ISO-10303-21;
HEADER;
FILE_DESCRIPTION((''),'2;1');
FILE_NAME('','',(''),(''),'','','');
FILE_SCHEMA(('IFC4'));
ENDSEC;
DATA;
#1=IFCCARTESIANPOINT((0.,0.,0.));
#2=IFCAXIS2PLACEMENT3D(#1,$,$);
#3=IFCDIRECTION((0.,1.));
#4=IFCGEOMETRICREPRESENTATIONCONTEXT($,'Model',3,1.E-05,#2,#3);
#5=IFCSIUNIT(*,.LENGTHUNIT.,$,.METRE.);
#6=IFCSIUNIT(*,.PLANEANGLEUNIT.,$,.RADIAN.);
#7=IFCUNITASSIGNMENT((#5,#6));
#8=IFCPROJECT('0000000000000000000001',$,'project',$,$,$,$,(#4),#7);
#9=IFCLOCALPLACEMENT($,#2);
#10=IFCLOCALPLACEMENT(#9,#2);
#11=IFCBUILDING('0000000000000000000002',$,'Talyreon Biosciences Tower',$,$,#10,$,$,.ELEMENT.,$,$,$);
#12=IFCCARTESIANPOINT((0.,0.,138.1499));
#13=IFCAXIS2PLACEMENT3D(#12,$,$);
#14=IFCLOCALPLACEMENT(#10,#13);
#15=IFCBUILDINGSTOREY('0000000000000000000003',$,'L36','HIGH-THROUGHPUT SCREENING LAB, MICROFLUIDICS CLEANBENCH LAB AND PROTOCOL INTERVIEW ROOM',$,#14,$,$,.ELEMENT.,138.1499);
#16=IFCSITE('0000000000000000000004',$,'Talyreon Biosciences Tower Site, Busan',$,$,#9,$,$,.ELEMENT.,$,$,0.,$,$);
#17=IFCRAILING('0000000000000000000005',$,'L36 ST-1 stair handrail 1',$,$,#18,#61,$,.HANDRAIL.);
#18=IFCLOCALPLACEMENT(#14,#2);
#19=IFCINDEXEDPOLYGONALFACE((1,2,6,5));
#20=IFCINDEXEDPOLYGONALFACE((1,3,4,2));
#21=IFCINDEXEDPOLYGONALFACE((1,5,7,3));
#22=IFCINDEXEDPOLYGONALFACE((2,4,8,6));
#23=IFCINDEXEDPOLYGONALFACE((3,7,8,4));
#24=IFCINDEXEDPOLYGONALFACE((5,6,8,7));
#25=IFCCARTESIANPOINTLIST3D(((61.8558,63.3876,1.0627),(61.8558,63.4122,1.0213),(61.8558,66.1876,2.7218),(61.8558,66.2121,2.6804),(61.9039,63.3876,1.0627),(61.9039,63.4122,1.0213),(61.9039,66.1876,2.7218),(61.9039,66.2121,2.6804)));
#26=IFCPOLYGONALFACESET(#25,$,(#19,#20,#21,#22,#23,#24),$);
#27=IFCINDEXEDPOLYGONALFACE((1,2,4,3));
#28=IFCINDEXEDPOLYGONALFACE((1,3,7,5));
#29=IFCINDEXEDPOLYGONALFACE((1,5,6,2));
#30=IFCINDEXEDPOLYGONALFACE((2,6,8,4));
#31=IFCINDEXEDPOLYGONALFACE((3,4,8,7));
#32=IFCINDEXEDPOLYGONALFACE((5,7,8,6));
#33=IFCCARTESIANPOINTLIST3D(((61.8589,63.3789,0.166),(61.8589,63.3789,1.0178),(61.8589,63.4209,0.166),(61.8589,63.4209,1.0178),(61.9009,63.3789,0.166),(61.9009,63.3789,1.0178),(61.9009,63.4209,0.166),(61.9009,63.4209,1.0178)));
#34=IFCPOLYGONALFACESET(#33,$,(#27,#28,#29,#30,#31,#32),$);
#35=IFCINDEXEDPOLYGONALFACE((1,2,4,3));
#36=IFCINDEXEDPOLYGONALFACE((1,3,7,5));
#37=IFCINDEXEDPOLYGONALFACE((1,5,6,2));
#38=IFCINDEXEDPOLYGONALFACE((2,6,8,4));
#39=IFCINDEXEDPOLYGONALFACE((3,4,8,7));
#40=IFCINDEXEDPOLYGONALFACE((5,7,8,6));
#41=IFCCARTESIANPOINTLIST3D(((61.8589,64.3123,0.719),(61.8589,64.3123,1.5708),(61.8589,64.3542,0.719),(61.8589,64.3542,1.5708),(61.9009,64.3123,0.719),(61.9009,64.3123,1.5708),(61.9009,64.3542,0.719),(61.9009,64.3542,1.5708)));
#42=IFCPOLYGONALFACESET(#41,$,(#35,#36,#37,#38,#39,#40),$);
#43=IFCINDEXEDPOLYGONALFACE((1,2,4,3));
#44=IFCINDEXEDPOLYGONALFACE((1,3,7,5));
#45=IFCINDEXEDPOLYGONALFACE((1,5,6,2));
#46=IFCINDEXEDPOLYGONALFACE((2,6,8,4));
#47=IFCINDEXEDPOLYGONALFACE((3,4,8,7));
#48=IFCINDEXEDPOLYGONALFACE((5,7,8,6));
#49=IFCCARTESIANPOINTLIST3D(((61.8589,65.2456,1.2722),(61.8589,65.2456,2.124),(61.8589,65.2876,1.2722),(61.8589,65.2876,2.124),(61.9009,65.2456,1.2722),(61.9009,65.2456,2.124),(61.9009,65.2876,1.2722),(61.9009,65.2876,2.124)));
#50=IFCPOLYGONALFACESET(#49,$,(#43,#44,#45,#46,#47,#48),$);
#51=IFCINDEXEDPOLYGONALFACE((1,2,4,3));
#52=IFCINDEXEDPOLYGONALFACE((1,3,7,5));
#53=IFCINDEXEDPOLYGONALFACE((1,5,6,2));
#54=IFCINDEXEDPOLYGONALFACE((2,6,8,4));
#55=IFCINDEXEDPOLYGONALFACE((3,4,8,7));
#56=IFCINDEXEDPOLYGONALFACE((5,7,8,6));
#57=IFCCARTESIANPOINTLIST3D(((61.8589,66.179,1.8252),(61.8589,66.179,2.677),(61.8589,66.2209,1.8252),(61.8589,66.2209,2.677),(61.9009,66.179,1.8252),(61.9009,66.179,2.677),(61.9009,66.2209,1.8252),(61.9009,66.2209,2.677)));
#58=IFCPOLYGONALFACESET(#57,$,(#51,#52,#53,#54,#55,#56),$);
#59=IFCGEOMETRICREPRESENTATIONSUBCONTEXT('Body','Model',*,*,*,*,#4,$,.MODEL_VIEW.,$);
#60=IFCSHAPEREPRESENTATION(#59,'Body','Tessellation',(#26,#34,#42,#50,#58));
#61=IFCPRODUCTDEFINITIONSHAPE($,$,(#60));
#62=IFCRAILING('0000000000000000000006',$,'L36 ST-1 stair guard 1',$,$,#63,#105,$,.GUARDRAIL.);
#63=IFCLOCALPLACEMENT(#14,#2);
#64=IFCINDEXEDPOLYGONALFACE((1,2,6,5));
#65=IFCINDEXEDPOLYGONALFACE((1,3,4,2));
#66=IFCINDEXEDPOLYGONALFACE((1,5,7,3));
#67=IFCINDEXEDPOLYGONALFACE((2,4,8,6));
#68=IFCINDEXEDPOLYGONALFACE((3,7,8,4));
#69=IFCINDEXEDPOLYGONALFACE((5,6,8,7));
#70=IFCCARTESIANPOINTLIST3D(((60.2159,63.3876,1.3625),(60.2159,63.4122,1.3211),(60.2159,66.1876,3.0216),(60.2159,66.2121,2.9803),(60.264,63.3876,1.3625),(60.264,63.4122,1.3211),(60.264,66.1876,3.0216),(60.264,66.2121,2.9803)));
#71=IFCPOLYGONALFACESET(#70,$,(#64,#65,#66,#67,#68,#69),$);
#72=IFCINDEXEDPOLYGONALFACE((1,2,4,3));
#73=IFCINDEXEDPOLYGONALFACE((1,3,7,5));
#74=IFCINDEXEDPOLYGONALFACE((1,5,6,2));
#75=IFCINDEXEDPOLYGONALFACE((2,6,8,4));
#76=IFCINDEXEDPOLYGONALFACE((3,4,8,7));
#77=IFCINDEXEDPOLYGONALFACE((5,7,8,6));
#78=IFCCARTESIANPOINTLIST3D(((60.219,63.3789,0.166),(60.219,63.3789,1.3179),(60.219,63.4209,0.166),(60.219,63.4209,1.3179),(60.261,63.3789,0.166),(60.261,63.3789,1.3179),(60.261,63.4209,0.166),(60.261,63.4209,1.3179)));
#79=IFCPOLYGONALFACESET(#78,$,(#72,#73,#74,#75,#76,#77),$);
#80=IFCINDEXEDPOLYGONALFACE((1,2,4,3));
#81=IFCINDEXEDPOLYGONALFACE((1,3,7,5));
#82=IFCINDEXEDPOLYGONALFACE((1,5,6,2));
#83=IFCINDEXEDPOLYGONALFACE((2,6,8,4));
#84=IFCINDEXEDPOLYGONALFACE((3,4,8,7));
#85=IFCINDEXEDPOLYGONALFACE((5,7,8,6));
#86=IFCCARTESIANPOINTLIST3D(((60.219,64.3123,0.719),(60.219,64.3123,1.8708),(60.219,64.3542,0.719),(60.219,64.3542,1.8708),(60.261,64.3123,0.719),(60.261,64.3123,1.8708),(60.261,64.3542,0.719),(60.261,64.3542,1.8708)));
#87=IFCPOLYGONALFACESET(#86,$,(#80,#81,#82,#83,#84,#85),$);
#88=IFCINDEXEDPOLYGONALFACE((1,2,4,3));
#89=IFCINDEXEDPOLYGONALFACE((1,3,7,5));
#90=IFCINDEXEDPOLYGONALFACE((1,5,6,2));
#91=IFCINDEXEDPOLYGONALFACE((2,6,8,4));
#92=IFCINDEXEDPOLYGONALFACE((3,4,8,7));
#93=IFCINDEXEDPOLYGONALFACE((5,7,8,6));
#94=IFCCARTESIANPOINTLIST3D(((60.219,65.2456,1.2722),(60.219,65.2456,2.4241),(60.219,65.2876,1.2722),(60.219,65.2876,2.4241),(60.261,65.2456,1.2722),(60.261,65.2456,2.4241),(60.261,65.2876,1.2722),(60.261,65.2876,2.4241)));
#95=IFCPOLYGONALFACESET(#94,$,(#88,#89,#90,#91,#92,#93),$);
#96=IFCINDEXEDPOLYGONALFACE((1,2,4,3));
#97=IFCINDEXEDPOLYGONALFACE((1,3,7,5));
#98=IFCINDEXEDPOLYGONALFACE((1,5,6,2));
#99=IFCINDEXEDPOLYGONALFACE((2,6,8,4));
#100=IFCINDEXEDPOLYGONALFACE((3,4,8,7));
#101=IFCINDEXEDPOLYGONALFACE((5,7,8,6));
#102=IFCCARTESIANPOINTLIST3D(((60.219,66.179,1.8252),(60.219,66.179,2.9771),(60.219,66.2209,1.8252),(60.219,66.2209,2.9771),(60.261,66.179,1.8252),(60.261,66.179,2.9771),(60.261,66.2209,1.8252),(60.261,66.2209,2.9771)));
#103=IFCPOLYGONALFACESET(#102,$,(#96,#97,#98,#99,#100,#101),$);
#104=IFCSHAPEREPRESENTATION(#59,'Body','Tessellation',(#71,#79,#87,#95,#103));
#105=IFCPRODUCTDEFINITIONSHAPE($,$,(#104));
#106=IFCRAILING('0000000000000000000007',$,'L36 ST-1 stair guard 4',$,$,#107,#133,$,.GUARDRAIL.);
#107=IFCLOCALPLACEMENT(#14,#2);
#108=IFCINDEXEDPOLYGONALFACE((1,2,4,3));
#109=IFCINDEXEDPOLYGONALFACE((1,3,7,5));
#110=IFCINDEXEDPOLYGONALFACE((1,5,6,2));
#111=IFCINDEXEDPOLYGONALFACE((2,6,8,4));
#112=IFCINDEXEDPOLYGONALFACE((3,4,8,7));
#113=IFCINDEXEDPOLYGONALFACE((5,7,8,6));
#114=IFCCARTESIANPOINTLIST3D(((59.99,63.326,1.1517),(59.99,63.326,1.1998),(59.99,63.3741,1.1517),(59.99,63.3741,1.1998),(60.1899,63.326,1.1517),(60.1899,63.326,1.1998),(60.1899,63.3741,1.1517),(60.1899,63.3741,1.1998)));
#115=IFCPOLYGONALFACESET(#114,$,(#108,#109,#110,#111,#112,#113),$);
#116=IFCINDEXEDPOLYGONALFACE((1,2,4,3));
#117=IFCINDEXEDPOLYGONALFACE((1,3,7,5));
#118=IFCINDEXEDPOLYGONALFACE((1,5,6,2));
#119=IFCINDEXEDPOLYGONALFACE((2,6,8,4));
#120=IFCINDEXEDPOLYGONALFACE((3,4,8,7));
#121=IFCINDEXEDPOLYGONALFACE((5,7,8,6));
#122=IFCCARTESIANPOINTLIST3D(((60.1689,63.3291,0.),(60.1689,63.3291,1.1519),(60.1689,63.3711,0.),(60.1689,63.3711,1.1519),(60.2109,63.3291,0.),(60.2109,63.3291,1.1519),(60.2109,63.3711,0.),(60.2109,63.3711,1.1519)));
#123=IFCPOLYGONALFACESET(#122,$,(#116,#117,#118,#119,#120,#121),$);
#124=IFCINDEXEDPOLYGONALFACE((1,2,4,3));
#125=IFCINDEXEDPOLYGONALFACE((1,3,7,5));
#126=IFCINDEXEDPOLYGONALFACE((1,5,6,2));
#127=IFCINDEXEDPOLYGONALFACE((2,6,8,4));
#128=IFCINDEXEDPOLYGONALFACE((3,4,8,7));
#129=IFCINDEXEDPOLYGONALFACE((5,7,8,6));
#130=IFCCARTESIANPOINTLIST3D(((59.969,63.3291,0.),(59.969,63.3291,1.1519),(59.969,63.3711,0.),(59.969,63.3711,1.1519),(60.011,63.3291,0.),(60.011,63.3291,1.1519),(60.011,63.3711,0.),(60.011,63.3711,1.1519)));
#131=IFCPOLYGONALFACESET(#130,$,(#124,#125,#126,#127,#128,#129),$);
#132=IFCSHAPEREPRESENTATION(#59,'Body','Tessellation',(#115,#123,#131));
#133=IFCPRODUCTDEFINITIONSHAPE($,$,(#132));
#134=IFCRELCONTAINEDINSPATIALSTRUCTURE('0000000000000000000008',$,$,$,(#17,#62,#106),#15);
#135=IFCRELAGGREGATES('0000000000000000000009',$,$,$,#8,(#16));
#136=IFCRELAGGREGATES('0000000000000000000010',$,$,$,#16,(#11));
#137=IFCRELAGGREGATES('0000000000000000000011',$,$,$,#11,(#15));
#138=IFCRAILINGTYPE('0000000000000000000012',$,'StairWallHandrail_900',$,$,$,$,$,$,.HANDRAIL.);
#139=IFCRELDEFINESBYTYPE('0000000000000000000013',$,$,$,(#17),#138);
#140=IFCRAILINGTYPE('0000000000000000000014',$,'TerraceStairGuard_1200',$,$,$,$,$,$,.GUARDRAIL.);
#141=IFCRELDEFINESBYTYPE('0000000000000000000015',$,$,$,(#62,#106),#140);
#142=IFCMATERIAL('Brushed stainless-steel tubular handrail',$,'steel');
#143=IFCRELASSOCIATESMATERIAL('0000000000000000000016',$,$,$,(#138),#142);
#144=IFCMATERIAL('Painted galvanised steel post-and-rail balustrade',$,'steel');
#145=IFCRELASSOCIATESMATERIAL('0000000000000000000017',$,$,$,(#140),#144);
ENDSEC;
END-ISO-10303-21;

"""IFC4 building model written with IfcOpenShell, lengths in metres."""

from ifc_helpers import new_model, si_unit, direction, frame, origin, origin_2d, place, context, subcontext, project, spatial, rectangle, extrude, material, type_object, element, save


model = new_model("IFC4")

# Units and contexts
model_context = context("Model", 3, precision=1e-05, world=origin(), true_north=direction((0.0, 1.0)))
body_context = subcontext(model_context, "Body", "Model", "MODEL_VIEW")
ifc_project = project(units=[si_unit("LENGTHUNIT", "METRE"), si_unit("PLANEANGLEUNIT", "RADIAN")], contexts=[model_context])

# Site, building, storey
site_placement = place(None, origin())
site = spatial("IfcSite", under=ifc_project, at=site_placement, Name="Talyreon Biosciences Tower Site, Busan", CompositionType="ELEMENT", RefElevation=0.0)
building_placement = place(site_placement, origin())
building = spatial("IfcBuilding", under=site, at=building_placement, Name="Talyreon Biosciences Tower", CompositionType="ELEMENT")
storey_placement = place(building_placement, frame((0.0, 0.0, 138.1499)))
storey = spatial("IfcBuildingStorey", under=building, at=storey_placement, Name="L36", Description="HIGH-THROUGHPUT SCREENING LAB, MICROFLUIDICS CLEANBENCH LAB AND PROTOCOL INTERVIEW ROOM", CompositionType="ELEMENT", Elevation=138.1499)

# Railings
ifc_material_1 = material(Name="Brushed stainless-steel tubular handrail", Category="steel")
railing_type_1 = type_object("IfcRailingType", Name="StairWallHandrail_900", PredefinedType="HANDRAIL", material=ifc_material_1)
railing_1_placement = place(storey_placement, frame((61.8799, 63.3999, 0.166)))
element("IfcRailing", 1, at=railing_1_placement, inside=storey, type_object=railing_type_1, Name="L36 ST-1 stair handrail 1", PredefinedType="HANDRAIL", context=body_context, shape_type="SweptSolid", body=[
    extrude(rectangle(XDim=0.0481, YDim=0.0481, at=origin_2d()), frame((0.0, 0.0, 0.876), z_axis=(0.0, 0.860306, 0.509778), x_axis=(-1.0, 0.0, 0.0)), (0.0, 0.0, 1.0), 3.2546),
    extrude(rectangle(XDim=0.042, YDim=0.042, at=origin_2d()), origin(), (0.0, 0.0, 1.0), 0.8518),
    extrude(rectangle(XDim=0.042, YDim=0.042, at=origin_2d()), frame((0.0, 0.9333, 0.553)), (0.0, 0.0, 1.0), 0.8518),
    extrude(rectangle(XDim=0.042, YDim=0.042, at=origin_2d()), frame((0.0, 1.8667, 1.1062)), (0.0, 0.0, 1.0), 0.8518),
    extrude(rectangle(XDim=0.042, YDim=0.042, at=origin_2d()), frame((0.0, 2.8, 1.6592)), (0.0, 0.0, 1.0), 0.8518),
])
ifc_material_2 = material(Name="Painted galvanised steel post-and-rail balustrade", Category="steel")
railing_type_2 = type_object("IfcRailingType", Name="TerraceStairGuard_1200", PredefinedType="GUARDRAIL", material=ifc_material_2)
railing_2_placement = place(storey_placement, frame((60.24, 63.3999, 0.166)))
element("IfcRailing", 2, at=railing_2_placement, inside=storey, type_object=railing_type_2, Name="L36 ST-1 stair guard 1", PredefinedType="GUARDRAIL", context=body_context, shape_type="SweptSolid", body=[
    extrude(rectangle(XDim=0.0481, YDim=0.0481, at=origin_2d()), frame((0.0, 0.0, 1.1758), z_axis=(0.0, 0.860306, 0.509778), x_axis=(-1.0, 0.0, 0.0)), (0.0, 0.0, 1.0), 3.2546),
    extrude(rectangle(XDim=0.042, YDim=0.042, at=origin_2d()), origin(), (0.0, 0.0, 1.0), 1.1519),
    extrude(rectangle(XDim=0.042, YDim=0.042, at=origin_2d()), frame((0.0, 0.9333, 0.553)), (0.0, 0.0, 1.0), 1.1519),
    extrude(rectangle(XDim=0.042, YDim=0.042, at=origin_2d()), frame((0.0, 1.8667, 1.1062)), (0.0, 0.0, 1.0), 1.1519),
    extrude(rectangle(XDim=0.042, YDim=0.042, at=origin_2d()), frame((0.0, 2.8, 1.6592)), (0.0, 0.0, 1.0), 1.1519),
])
railing_3_placement = place(storey_placement, frame((60.1899, 63.3501, 0.0)))
element("IfcRailing", 3, at=railing_3_placement, inside=storey, type_object=railing_type_2, Name="L36 ST-1 stair guard 4", PredefinedType="GUARDRAIL", context=body_context, shape_type="SweptSolid", body=[
    extrude(rectangle(XDim=0.0481, YDim=0.0481, at=origin_2d()), frame((0.0, 0.0, 1.1758), z_axis=(-1.0, 0.0, 0.0), x_axis=(0.0, -1.0, 0.0)), (0.0, 0.0, 1.0), 0.2),
    extrude(rectangle(XDim=0.042, YDim=0.042, at=origin_2d()), origin(), (0.0, 0.0, 1.0), 1.1519),
    extrude(rectangle(XDim=0.042, YDim=0.042, at=origin_2d()), frame((-0.2, 0.0, 0.0)), (0.0, 0.0, 1.0), 1.1519),
])

save(model, "model.ifc")
